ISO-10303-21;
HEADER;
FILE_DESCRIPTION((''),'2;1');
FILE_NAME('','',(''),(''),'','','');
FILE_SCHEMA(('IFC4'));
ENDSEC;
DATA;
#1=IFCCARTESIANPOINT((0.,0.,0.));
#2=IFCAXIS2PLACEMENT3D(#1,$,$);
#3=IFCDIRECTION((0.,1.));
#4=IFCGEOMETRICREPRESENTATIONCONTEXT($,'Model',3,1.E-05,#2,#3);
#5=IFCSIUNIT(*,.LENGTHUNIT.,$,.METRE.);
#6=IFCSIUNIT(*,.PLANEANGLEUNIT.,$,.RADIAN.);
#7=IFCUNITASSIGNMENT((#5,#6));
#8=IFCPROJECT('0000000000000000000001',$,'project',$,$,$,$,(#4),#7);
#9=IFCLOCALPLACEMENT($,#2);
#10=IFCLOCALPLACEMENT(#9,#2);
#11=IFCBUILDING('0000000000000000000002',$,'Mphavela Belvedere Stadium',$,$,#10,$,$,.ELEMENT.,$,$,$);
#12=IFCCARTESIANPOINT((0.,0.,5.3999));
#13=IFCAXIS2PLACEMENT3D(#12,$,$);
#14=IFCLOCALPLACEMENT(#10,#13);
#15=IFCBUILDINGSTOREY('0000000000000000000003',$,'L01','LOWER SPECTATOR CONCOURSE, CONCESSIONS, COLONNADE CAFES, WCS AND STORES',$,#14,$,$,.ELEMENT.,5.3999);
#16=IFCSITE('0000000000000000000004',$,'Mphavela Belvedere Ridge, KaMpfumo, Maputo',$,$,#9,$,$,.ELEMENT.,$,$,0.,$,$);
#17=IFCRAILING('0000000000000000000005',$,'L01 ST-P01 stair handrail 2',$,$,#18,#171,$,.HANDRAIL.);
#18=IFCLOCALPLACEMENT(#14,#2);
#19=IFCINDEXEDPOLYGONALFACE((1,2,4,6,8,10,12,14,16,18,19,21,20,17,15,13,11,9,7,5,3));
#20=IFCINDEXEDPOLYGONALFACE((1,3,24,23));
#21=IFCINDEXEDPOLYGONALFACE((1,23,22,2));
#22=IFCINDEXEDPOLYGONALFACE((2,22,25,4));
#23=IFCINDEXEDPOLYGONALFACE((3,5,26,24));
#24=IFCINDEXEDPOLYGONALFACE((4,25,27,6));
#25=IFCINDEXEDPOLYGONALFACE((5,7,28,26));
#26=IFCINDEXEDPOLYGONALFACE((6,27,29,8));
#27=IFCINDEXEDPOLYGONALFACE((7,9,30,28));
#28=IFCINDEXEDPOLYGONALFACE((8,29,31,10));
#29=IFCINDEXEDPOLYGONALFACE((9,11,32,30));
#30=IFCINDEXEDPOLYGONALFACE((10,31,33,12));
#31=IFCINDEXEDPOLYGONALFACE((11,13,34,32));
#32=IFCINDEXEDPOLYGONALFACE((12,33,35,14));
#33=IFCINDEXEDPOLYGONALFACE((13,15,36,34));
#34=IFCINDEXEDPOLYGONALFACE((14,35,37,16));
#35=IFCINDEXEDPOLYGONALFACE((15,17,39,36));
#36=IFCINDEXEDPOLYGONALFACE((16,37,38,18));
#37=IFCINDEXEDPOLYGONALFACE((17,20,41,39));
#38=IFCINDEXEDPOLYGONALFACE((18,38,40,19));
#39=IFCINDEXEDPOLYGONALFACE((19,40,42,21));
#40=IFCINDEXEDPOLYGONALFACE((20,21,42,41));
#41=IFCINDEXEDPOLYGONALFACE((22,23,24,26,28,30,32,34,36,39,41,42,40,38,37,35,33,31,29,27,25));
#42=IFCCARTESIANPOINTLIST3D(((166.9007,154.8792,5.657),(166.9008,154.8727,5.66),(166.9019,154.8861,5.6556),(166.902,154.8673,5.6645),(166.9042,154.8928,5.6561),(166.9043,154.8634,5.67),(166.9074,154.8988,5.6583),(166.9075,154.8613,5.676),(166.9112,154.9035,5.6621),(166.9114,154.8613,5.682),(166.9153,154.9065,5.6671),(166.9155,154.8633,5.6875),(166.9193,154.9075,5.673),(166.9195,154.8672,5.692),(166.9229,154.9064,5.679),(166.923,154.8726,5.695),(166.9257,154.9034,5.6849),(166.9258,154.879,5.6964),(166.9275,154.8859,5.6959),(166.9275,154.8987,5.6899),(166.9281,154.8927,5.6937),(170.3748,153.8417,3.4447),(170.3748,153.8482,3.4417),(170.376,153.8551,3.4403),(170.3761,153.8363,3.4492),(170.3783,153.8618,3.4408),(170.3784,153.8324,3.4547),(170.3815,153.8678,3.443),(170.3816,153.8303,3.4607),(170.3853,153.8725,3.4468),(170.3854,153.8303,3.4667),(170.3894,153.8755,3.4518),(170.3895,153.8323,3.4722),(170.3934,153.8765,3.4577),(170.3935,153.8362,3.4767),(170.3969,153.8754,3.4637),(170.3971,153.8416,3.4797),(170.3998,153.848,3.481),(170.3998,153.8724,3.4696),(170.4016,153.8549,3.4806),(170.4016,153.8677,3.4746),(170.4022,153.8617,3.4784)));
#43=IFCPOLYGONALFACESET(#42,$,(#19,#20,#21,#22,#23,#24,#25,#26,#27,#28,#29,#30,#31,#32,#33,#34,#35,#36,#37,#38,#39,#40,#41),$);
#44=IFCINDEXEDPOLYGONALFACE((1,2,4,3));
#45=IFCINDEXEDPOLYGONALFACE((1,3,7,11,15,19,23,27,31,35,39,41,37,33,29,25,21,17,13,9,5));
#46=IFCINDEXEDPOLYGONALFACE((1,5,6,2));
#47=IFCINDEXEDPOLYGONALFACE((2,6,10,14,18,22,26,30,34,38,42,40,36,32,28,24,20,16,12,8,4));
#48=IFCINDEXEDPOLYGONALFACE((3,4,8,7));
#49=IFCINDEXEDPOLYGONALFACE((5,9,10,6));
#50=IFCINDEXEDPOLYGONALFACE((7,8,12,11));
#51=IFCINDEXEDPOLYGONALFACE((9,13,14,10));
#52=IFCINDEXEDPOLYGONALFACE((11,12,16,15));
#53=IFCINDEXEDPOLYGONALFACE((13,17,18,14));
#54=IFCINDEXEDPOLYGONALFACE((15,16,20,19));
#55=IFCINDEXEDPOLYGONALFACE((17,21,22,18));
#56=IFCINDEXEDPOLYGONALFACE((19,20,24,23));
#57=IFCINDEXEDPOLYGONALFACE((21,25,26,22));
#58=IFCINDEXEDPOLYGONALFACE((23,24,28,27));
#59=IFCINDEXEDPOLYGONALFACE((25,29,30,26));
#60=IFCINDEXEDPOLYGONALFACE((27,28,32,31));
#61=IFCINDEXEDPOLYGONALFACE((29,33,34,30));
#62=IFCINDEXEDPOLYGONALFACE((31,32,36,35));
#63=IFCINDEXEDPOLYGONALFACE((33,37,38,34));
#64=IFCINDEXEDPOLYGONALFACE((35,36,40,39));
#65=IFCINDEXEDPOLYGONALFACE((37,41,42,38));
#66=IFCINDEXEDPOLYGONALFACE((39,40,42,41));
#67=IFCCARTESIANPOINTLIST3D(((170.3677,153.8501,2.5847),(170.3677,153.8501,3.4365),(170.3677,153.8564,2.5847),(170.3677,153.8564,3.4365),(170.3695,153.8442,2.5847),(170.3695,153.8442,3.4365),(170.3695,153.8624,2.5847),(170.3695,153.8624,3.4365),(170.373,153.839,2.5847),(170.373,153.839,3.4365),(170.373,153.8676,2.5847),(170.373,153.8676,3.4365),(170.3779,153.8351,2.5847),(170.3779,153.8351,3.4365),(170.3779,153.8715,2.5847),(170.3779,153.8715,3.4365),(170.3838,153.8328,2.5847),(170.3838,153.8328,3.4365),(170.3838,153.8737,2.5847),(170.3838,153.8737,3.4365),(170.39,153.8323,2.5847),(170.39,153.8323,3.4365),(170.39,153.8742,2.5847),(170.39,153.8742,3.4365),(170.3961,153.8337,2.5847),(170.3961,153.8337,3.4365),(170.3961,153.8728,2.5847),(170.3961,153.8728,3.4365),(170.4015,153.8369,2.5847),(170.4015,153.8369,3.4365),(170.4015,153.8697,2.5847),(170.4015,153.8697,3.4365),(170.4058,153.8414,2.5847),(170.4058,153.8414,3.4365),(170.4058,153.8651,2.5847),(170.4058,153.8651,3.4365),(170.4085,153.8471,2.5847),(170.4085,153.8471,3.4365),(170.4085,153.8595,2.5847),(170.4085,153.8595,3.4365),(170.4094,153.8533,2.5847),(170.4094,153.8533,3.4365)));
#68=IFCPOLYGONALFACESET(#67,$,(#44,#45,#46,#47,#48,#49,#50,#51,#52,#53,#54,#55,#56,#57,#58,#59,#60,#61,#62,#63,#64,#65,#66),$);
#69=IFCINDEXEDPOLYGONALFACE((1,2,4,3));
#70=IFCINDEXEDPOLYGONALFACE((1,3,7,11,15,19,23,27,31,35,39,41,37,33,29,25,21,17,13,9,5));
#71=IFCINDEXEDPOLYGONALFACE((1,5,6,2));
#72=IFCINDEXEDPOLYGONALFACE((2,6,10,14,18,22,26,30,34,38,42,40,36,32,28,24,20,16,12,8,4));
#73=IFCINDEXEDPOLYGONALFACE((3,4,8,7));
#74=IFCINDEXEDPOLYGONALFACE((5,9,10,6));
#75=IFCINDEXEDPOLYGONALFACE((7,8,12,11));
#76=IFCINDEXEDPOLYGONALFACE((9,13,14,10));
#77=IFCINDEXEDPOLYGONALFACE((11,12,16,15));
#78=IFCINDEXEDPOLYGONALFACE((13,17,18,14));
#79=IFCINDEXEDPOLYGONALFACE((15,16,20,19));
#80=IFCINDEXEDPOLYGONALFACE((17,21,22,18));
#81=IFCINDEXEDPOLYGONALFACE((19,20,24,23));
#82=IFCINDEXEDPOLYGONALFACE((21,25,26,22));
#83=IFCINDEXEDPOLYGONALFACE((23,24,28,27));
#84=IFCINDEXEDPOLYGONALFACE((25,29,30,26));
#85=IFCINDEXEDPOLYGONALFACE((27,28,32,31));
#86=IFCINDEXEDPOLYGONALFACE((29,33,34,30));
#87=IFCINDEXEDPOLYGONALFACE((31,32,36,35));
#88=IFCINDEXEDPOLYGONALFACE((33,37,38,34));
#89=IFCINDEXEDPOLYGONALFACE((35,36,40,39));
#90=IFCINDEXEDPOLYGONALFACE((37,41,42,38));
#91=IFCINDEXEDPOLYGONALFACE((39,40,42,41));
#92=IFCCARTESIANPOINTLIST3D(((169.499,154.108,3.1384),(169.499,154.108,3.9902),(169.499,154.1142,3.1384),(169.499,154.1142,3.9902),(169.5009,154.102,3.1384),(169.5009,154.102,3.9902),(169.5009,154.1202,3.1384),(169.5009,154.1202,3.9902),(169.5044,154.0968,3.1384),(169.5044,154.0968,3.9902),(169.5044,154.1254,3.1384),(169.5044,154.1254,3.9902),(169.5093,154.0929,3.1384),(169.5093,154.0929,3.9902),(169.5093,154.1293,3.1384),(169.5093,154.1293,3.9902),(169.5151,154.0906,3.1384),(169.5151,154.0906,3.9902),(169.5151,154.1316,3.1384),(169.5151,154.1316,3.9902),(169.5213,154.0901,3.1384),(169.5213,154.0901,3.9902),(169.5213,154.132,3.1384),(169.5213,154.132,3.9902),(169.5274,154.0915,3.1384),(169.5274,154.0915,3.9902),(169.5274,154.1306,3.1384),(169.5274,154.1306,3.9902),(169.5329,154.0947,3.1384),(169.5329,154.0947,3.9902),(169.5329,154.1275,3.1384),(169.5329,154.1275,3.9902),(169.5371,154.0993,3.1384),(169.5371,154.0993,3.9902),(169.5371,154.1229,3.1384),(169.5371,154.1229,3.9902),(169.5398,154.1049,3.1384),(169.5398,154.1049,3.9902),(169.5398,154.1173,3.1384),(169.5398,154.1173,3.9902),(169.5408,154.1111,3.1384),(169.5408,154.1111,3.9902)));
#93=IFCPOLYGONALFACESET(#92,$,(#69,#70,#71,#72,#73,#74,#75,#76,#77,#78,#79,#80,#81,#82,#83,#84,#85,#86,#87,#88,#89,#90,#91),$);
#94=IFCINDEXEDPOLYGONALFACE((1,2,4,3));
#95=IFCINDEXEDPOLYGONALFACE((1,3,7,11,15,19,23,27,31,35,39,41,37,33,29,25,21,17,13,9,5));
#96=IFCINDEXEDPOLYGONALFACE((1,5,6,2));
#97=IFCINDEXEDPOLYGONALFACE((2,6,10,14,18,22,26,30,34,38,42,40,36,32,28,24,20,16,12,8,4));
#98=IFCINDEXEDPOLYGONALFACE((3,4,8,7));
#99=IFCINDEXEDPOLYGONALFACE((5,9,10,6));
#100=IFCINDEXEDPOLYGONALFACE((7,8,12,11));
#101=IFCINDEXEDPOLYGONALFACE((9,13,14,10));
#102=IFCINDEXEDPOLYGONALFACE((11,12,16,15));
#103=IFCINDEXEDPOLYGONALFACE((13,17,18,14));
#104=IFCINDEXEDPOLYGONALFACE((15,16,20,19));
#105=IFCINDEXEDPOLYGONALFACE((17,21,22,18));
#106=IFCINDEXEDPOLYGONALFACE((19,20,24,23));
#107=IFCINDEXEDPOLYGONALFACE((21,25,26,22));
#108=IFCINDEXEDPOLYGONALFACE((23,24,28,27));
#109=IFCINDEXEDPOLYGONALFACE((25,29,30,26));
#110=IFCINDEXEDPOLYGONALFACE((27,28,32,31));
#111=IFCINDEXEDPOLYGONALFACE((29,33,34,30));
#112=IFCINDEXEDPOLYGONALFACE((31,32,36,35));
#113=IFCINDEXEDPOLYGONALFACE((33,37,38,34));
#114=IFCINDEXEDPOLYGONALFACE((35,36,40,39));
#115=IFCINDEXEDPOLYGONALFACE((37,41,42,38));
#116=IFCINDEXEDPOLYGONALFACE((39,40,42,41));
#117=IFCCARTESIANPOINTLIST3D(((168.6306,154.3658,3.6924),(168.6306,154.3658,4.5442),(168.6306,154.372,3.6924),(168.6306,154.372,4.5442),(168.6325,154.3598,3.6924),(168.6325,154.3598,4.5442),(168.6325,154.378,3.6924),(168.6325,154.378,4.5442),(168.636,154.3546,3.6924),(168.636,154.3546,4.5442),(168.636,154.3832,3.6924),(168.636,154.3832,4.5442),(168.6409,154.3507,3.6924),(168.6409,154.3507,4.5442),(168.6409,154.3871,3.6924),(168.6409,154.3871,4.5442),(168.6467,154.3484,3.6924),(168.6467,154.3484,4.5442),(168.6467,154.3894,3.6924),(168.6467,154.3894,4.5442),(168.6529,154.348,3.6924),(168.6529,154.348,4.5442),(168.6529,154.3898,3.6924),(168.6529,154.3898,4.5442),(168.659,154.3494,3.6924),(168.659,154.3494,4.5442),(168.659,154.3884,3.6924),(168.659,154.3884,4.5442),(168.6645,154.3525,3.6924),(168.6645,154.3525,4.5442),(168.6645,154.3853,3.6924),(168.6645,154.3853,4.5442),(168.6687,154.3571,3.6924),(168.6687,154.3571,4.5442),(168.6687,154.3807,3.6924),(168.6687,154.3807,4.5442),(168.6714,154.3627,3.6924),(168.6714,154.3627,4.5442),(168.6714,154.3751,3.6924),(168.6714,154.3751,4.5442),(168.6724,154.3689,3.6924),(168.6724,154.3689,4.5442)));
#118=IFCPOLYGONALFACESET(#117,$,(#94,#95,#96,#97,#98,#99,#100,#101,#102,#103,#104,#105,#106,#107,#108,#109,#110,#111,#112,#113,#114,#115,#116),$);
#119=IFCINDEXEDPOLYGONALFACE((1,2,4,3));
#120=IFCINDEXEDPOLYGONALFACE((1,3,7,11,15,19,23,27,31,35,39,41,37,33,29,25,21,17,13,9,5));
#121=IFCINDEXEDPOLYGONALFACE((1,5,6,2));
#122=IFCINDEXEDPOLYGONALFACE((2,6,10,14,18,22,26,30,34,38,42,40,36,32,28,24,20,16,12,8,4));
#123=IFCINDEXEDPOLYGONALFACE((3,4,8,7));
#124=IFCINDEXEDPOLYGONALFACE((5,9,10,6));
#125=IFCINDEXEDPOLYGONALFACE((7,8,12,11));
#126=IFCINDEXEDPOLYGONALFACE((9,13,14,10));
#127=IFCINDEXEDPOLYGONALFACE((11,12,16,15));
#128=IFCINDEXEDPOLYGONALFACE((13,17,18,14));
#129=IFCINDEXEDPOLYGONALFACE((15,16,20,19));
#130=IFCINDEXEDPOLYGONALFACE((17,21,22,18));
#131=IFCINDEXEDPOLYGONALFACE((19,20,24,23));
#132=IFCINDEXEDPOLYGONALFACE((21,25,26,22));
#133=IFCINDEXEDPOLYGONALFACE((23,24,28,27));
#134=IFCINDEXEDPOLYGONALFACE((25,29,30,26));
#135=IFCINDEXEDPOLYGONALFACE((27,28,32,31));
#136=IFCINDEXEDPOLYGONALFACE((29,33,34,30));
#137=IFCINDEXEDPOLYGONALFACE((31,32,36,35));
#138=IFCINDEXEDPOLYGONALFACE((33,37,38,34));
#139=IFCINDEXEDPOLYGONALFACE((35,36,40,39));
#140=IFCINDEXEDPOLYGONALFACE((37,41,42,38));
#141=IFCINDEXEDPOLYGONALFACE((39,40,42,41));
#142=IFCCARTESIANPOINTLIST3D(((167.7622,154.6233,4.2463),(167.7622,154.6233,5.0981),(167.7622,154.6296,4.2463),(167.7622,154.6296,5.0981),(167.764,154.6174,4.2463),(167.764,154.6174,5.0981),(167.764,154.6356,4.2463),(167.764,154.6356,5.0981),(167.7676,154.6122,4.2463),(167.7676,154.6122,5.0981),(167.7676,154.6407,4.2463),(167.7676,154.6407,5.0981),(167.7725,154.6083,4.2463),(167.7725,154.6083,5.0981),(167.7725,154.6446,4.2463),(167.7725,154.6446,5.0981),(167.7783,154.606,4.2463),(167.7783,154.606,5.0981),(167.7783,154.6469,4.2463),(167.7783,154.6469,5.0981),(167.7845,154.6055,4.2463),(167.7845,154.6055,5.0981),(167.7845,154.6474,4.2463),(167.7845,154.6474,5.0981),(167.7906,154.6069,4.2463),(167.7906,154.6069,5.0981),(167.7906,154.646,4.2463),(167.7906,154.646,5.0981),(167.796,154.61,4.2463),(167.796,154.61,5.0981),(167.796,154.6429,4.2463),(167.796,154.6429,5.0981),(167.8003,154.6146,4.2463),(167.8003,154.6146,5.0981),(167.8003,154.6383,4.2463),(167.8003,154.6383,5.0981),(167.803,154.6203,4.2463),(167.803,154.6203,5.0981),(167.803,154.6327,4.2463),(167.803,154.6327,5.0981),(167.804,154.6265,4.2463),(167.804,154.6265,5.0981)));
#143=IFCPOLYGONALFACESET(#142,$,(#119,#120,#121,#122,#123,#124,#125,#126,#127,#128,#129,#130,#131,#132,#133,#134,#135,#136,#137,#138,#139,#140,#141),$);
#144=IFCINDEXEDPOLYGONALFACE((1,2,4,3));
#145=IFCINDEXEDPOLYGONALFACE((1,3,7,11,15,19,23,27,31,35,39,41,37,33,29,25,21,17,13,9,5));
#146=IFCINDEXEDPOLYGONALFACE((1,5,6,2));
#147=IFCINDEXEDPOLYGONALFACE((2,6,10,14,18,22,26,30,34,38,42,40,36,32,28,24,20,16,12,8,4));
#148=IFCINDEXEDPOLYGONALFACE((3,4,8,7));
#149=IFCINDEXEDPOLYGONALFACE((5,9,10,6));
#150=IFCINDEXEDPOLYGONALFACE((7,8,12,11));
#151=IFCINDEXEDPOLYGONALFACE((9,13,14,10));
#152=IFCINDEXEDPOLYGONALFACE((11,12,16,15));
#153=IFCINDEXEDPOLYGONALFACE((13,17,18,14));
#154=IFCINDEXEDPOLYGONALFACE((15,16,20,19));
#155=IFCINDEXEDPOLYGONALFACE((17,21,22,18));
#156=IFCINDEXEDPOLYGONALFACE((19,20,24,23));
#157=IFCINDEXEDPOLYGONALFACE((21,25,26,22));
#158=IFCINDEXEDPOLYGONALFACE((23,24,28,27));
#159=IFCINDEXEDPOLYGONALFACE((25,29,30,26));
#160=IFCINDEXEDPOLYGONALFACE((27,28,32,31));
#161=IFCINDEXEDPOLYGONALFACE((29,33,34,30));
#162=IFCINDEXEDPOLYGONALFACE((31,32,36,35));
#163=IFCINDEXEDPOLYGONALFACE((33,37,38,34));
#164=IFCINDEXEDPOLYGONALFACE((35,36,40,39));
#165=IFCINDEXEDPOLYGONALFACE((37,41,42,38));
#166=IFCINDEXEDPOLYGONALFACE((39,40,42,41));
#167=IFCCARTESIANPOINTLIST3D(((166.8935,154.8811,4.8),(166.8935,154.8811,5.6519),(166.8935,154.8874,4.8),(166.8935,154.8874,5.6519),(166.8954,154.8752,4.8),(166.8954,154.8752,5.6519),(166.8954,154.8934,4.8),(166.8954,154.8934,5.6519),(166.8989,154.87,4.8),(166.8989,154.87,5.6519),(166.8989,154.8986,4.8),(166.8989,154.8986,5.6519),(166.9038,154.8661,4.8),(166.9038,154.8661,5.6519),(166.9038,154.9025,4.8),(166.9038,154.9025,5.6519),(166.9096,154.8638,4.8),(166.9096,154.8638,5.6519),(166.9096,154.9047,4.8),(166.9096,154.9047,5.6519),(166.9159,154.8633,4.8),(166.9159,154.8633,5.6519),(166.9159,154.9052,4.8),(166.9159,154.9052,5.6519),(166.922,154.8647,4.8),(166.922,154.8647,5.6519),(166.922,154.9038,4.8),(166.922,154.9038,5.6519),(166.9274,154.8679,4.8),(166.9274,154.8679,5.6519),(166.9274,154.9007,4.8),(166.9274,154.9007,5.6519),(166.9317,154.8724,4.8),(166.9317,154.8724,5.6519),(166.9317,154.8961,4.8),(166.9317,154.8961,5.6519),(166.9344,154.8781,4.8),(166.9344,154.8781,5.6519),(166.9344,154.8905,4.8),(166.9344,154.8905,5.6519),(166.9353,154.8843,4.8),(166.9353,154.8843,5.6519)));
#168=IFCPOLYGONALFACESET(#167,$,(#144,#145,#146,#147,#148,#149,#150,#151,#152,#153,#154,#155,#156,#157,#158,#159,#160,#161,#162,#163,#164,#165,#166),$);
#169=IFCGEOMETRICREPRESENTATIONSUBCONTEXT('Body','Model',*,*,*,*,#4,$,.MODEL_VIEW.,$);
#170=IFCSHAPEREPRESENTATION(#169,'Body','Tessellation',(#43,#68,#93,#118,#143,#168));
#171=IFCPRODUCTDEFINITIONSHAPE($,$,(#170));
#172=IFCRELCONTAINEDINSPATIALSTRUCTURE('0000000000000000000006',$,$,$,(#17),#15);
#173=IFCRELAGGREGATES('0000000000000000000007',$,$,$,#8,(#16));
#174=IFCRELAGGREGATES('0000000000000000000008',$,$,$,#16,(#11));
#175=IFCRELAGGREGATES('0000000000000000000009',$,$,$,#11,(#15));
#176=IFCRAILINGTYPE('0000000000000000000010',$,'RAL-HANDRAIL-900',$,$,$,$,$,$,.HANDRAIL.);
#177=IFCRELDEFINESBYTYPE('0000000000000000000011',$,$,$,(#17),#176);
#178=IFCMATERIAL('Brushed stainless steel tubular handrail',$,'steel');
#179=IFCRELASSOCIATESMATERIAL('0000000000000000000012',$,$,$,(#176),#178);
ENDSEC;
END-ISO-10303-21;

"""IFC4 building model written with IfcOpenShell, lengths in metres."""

from ifc_helpers import new_model, si_unit, direction, frame, origin, origin_2d, place, context, subcontext, project, spatial, circle, extrude, material, type_object, element, save


model = new_model("IFC4")

# Units and contexts
model_context = context("Model", 3, precision=1e-05, world=origin(), true_north=direction((0.0, 1.0)))
body_context = subcontext(model_context, "Body", "Model", "MODEL_VIEW")
ifc_project = project(units=[si_unit("LENGTHUNIT", "METRE"), si_unit("PLANEANGLEUNIT", "RADIAN")], contexts=[model_context])

# Site, building, storey
site_placement = place(None, origin())
site = spatial("IfcSite", under=ifc_project, at=site_placement, Name="Mphavela Belvedere Ridge, KaMpfumo, Maputo", CompositionType="ELEMENT", RefElevation=0.0)
building_placement = place(site_placement, origin())
building = spatial("IfcBuilding", under=site, at=building_placement, Name="Mphavela Belvedere Stadium", CompositionType="ELEMENT")
storey_placement = place(building_placement, frame((0.0, 0.0, 5.3999)))
storey = spatial("IfcBuildingStorey", under=building, at=storey_placement, Name="L01", Description="LOWER SPECTATOR CONCOURSE, CONCESSIONS, COLONNADE CAFES, WCS AND STORES", CompositionType="ELEMENT", Elevation=5.3999)

# Railing
ifc_material_1 = material(Name="Brushed stainless steel tubular handrail", Category="steel")
railing_type_1 = type_object("IfcRailingType", Name="RAL-HANDRAIL-900", PredefinedType="HANDRAIL", material=ifc_material_1)
railing_1_placement = place(storey_placement, frame((170.3884, 153.8533, 2.5847)))
element("IfcRailing", 1, at=railing_1_placement, inside=storey, type_object=railing_type_1, Name="L01 ST-P01 stair handrail 2", PredefinedType="HANDRAIL", context=body_context, shape_type="SweptSolid", body=[
    extrude(circle(Radius=0.0239, at=origin_2d()), frame((0.0, 0.0, 0.876), z_axis=(-0.817946, 0.24274, 0.521577), x_axis=(-0.284503, -0.958675, 0.0)), (0.0, 0.0, 1.0), 4.2473),
    extrude(circle(Radius=0.021, at=origin_2d()), origin(), (0.0, 0.0, 1.0), 0.8518),
    extrude(circle(Radius=0.021, at=origin_2d()), frame((-0.8687, 0.2578, 0.5537)), (0.0, 0.0, 1.0), 0.8518),
    extrude(circle(Radius=0.021, at=origin_2d()), frame((-1.7371, 0.5156, 1.1077)), (0.0, 0.0, 1.0), 0.8518),
    extrude(circle(Radius=0.021, at=origin_2d()), frame((-2.6055, 0.7732, 1.6616)), (0.0, 0.0, 1.0), 0.8518),
    extrude(circle(Radius=0.021, at=origin_2d()), frame((-3.4741, 1.031, 2.2153)), (0.0, 0.0, 1.0), 0.8518),
])

save(model, "model.ifc")
